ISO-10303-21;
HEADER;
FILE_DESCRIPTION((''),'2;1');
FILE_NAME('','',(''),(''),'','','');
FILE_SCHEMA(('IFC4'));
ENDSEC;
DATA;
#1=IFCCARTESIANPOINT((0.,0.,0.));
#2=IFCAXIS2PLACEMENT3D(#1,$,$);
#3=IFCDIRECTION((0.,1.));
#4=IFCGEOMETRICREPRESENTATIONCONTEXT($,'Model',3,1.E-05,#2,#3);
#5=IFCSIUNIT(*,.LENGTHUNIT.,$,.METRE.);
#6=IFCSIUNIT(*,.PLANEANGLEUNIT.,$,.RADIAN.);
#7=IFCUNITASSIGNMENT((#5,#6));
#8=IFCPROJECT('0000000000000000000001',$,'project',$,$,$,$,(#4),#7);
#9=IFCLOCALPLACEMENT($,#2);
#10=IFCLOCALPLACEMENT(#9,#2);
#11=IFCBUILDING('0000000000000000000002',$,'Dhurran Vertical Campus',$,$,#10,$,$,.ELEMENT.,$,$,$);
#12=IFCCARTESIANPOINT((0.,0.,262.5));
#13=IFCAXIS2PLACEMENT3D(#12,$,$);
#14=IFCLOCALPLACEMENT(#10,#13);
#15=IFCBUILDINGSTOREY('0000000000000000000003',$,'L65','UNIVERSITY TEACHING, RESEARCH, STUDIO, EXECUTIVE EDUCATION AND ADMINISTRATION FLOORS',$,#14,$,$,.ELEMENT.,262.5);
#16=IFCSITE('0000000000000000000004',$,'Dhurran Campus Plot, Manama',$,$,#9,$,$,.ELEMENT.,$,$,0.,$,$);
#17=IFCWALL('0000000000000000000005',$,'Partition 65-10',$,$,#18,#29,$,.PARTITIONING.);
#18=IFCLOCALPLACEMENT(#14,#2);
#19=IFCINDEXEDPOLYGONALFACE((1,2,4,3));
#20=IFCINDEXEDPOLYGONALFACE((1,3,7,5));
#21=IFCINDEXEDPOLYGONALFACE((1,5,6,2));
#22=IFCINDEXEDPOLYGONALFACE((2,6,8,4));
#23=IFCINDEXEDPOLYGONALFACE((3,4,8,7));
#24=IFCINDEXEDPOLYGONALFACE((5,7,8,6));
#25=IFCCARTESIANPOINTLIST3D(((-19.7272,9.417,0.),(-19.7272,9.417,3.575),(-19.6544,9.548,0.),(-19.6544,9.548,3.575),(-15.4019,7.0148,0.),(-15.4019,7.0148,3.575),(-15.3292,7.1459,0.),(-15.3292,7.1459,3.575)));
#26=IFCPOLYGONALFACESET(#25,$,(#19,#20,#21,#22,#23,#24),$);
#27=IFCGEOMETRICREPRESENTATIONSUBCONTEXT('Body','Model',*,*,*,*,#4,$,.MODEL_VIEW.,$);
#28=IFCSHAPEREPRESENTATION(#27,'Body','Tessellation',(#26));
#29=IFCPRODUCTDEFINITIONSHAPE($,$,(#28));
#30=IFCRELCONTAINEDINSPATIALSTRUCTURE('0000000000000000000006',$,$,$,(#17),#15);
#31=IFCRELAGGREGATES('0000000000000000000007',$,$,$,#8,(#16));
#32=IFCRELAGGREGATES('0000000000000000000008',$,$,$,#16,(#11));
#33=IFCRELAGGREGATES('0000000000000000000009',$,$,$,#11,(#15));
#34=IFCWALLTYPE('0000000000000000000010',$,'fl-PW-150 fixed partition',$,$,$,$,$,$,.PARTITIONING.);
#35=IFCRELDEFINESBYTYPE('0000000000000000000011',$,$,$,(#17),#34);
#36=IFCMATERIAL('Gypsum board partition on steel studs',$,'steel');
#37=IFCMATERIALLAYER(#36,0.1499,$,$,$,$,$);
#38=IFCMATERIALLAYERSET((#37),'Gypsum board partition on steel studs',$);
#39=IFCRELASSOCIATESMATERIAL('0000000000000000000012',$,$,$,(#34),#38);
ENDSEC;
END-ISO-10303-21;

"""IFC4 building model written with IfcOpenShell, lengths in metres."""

from ifc_helpers import new_model, si_unit, direction, frame, frame_2d, origin, place, context, subcontext, project, spatial, rectangle, extrude, material, layer, layer_set, type_object, element, save


model = new_model("IFC4")

# Units and contexts
model_context = context("Model", 3, precision=1e-05, world=origin(), true_north=direction((0.0, 1.0)))
body_context = subcontext(model_context, "Body", "Model", "MODEL_VIEW")
ifc_project = project(units=[si_unit("LENGTHUNIT", "METRE"), si_unit("PLANEANGLEUNIT", "RADIAN")], contexts=[model_context])

# Site, building, storey
site_placement = place(None, origin())
site = spatial("IfcSite", under=ifc_project, at=site_placement, Name="Dhurran Campus Plot, Manama", CompositionType="ELEMENT", RefElevation=0.0)
building_placement = place(site_placement, origin())
building = spatial("IfcBuilding", under=site, at=building_placement, Name="Dhurran Vertical Campus", CompositionType="ELEMENT")
storey_placement = place(building_placement, frame((0.0, 0.0, 262.5)))
storey = spatial("IfcBuildingStorey", under=building, at=storey_placement, Name="L65", Description="UNIVERSITY TEACHING, RESEARCH, STUDIO, EXECUTIVE EDUCATION AND ADMINISTRATION FLOORS", CompositionType="ELEMENT", Elevation=262.5)

# Wall
ifc_material_1 = material(Name="Gypsum board partition on steel studs", Category="steel")
ifc_layer_1 = layer(ifc_material_1, 0.1499)
ifc_layer_set_1 = layer_set([ifc_layer_1], Name="Gypsum board partition on steel studs")
wall_type_1 = type_object("IfcWallType", Name="fl-PW-150 fixed partition", PredefinedType="PARTITIONING", material=ifc_layer_set_1)
wall_1_placement = place(storey_placement, frame((-19.6907, 9.4824, 0.0), z_axis=(0.0, 0.0, 1.0), x_axis=(0.874225, -0.485521, 0.0)))
element("IfcWall", 1, at=wall_1_placement, inside=storey, type_object=wall_type_1, Name="Partition 65-10", PredefinedType="PARTITIONING", context=body_context, shape_type="SweptSolid", body=[
    extrude(rectangle(XDim=4.9475, YDim=0.1499, at=frame_2d((2.4736, 0.0))), origin(), (0.0, 0.0, 1.0), 3.575),
])

save(model, "model.ifc")
